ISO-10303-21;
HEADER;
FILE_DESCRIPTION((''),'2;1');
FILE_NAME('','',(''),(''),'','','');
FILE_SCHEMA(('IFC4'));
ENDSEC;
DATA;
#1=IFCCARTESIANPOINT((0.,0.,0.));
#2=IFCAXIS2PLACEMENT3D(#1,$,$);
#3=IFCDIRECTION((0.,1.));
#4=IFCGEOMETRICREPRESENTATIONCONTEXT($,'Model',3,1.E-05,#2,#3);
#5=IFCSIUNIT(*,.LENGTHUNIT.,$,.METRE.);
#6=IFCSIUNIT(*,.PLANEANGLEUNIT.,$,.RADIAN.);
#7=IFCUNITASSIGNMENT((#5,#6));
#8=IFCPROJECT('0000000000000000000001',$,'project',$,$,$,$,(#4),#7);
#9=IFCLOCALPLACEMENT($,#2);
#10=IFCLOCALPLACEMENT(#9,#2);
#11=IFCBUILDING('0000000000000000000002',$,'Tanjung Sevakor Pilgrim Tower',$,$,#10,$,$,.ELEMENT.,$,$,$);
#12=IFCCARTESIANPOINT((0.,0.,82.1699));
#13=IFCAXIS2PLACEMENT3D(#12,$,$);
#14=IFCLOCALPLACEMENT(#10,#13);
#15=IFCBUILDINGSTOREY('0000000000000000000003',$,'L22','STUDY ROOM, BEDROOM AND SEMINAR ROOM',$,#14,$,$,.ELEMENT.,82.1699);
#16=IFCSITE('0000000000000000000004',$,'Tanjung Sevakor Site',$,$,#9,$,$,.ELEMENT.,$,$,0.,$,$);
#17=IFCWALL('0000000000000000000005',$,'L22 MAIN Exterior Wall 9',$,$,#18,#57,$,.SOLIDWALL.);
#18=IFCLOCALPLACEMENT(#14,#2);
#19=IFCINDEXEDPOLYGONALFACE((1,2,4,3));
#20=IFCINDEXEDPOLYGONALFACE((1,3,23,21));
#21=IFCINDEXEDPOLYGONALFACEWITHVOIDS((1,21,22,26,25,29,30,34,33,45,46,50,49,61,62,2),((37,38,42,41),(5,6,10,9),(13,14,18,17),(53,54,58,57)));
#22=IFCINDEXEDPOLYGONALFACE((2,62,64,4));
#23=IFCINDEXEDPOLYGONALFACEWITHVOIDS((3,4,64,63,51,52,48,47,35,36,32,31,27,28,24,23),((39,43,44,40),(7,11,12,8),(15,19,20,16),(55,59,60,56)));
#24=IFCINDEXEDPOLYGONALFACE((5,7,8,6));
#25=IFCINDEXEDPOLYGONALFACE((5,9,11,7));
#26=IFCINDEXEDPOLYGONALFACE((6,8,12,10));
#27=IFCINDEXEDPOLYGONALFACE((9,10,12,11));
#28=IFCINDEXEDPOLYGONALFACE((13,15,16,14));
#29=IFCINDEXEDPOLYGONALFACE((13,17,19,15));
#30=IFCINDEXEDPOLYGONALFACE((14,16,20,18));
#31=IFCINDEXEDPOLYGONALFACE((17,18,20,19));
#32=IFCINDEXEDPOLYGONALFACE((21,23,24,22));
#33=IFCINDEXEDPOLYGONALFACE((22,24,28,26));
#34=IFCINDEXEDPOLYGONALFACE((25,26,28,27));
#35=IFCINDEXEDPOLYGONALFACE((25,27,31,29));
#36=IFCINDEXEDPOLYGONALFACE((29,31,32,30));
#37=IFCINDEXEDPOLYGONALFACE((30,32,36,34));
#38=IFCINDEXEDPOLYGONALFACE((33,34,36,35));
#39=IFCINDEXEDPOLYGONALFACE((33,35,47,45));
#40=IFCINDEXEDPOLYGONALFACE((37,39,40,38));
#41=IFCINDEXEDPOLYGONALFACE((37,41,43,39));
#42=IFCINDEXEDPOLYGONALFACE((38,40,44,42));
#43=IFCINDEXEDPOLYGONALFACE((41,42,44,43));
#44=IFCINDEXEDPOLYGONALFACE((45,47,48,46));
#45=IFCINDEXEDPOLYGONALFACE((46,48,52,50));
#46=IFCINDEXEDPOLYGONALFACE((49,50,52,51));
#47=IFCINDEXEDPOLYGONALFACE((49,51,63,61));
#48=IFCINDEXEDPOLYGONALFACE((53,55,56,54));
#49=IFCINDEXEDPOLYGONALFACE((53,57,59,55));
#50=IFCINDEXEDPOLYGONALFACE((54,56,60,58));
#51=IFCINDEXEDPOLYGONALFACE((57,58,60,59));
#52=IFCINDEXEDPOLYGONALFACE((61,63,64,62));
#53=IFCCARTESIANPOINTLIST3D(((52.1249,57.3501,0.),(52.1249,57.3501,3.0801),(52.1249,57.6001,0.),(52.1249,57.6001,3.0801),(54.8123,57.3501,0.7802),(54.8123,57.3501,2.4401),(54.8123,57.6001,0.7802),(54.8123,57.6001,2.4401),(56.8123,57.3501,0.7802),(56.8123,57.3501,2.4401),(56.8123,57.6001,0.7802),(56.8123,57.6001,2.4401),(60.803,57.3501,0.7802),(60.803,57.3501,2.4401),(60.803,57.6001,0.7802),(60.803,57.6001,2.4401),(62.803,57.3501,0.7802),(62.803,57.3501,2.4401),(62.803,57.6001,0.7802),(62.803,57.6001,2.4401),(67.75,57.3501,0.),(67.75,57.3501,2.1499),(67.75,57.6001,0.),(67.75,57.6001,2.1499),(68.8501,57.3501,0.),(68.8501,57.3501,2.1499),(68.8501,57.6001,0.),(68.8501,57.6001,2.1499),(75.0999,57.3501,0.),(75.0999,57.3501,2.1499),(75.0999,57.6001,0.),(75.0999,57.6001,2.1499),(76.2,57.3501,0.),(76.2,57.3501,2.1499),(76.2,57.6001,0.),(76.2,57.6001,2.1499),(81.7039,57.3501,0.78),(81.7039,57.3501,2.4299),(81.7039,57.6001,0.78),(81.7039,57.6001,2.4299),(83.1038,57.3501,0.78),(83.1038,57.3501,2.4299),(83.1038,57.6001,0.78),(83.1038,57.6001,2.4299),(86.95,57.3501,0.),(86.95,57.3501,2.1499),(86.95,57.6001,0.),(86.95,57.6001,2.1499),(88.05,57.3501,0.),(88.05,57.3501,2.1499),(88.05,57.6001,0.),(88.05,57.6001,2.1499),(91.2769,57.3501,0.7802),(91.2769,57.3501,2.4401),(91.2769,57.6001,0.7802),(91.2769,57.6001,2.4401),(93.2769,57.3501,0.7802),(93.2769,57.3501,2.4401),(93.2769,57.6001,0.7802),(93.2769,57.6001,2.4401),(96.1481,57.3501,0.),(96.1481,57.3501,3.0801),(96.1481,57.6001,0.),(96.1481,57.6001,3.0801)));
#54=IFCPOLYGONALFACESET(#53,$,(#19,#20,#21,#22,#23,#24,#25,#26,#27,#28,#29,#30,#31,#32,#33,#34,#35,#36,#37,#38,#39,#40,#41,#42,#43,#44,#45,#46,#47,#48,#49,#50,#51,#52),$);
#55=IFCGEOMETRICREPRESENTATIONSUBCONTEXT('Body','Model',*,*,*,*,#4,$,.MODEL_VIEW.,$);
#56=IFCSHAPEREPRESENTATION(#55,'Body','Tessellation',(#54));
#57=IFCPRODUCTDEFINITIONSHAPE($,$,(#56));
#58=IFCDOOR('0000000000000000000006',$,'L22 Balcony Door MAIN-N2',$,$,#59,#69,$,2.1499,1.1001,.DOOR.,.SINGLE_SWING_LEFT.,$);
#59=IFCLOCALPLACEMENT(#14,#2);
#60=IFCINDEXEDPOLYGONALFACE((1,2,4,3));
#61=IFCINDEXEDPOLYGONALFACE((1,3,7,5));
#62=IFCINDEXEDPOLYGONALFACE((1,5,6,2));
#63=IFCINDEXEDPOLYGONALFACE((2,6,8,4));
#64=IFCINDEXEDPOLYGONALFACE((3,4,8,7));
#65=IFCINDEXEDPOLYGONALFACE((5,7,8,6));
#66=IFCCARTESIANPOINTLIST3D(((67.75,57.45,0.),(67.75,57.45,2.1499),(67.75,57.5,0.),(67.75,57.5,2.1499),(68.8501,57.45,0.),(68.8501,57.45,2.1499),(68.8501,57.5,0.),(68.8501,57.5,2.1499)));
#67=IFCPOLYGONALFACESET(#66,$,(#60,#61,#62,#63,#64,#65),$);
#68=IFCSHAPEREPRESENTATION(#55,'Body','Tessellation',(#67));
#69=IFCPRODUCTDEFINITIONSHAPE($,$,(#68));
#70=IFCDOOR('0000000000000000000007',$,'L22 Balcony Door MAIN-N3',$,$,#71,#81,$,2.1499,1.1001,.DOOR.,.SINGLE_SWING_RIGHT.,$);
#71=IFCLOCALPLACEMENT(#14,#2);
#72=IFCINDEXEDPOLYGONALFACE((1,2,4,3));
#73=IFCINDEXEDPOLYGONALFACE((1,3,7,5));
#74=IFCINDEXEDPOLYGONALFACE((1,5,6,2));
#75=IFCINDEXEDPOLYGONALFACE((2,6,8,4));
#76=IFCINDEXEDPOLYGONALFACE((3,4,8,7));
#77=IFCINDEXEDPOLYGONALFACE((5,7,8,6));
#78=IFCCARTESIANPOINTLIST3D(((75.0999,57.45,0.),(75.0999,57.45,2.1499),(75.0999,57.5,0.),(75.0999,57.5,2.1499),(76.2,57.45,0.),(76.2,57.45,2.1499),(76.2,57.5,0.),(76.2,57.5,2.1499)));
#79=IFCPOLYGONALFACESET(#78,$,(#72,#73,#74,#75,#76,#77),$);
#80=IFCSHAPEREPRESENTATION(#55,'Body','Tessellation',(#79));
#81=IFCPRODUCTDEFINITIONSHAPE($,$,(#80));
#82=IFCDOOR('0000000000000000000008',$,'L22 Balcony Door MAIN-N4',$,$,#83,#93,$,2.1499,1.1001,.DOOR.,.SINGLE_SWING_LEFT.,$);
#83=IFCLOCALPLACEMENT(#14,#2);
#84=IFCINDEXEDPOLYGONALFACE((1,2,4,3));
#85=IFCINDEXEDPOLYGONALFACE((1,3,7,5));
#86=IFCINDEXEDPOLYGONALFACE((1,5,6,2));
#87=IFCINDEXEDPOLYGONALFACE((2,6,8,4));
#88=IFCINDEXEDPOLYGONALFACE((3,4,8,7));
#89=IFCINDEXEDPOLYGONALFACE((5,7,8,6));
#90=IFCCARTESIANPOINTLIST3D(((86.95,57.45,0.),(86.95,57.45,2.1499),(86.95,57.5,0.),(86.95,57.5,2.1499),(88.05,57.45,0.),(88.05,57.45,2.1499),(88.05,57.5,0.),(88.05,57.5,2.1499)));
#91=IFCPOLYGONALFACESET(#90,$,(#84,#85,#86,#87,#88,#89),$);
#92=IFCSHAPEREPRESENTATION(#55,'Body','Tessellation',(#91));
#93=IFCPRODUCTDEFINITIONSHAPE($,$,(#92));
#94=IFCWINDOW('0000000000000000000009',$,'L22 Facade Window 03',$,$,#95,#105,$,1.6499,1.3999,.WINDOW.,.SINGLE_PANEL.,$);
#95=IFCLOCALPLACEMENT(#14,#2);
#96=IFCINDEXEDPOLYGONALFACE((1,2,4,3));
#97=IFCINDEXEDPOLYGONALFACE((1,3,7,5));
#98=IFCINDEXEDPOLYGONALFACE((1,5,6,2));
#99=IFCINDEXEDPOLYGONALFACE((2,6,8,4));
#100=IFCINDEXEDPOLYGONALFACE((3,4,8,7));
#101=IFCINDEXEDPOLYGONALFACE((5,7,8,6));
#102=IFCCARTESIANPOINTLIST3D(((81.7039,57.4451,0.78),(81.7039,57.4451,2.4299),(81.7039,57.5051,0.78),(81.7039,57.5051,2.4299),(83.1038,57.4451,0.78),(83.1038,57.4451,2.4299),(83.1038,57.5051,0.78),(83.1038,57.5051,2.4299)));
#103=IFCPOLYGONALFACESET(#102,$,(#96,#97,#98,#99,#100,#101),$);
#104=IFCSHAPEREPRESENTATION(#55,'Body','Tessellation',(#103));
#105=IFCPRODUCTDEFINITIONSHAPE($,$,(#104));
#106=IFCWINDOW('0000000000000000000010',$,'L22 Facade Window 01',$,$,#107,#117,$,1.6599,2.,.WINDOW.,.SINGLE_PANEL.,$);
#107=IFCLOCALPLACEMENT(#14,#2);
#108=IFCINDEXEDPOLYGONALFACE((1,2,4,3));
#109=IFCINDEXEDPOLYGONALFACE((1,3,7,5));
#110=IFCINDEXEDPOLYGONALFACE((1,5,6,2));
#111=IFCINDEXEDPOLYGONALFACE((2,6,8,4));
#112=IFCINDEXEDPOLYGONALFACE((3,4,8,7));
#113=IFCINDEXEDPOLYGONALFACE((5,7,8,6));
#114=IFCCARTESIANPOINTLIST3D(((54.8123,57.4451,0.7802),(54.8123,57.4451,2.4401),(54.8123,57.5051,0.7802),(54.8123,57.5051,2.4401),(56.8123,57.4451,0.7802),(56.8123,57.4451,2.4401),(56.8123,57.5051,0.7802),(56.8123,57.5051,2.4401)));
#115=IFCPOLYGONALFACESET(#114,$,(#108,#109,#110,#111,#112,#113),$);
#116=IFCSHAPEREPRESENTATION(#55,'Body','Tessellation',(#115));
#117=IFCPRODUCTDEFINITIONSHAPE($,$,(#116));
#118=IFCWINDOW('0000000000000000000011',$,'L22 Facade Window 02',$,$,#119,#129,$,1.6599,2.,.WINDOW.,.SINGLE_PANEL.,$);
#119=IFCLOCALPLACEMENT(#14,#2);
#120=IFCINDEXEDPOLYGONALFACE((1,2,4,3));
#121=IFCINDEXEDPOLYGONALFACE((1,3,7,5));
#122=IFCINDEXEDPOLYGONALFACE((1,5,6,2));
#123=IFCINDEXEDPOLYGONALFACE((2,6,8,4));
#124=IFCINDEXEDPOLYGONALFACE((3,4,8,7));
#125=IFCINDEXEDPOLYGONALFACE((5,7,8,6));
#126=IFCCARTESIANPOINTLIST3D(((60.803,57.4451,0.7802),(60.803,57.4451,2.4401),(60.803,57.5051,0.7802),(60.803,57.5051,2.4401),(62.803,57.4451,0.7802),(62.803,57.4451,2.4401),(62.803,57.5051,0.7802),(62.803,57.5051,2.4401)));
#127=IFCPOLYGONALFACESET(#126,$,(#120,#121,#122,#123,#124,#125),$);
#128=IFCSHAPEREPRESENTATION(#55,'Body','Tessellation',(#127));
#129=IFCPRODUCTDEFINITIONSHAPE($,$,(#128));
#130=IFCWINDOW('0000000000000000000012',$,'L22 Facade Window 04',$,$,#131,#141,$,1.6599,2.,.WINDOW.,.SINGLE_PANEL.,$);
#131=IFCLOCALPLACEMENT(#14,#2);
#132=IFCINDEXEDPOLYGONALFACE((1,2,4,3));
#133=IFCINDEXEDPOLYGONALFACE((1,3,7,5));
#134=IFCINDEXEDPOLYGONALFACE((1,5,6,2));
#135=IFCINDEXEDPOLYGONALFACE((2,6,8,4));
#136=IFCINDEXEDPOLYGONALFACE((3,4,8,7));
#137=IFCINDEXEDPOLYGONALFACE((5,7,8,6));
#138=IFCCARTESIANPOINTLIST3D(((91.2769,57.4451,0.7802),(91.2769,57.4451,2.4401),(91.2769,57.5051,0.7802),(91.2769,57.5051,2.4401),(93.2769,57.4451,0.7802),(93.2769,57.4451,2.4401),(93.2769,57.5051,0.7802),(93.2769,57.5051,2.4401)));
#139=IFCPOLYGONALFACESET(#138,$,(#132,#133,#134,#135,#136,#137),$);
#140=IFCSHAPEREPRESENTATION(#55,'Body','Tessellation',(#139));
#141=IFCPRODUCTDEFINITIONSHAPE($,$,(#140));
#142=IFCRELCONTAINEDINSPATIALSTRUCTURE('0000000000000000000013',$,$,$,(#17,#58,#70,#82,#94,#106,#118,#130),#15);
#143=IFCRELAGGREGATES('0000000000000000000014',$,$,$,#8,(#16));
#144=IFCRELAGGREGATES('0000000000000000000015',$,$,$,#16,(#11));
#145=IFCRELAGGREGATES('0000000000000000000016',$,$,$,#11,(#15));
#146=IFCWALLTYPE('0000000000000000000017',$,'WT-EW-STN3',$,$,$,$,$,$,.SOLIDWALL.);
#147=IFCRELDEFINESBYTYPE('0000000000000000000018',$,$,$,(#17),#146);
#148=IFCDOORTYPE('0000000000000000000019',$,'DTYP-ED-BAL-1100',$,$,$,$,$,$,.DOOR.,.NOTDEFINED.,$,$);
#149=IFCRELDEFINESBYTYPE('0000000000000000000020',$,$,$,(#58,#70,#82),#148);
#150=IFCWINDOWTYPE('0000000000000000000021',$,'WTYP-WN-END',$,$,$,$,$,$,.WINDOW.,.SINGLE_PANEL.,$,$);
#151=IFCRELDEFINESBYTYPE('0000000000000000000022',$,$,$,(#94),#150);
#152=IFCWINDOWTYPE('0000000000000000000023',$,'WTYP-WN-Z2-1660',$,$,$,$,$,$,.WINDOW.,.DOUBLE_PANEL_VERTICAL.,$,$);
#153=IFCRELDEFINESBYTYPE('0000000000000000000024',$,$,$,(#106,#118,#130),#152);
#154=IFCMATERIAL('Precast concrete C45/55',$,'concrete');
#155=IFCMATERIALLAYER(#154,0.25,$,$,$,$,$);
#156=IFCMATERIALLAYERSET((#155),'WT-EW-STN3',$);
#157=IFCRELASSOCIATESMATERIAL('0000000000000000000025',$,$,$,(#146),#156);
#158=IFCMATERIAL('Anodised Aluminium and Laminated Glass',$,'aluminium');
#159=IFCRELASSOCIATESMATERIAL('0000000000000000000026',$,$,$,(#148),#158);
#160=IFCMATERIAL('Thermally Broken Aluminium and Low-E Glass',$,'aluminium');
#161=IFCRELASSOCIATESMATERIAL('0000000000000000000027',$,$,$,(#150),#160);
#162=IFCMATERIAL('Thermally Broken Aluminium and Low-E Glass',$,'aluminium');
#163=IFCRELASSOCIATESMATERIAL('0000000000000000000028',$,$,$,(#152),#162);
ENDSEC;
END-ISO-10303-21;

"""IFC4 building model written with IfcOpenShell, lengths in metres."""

from ifc_helpers import new_model, si_unit, direction, frame, frame_2d, origin, place, context, subcontext, project, spatial, rectangle, extrude, material, layer, layer_set, type_object, element, fill, save


model = new_model("IFC4")

# Units and contexts
model_context = context("Model", 3, precision=1e-05, world=origin(), true_north=direction((0.0, 1.0)))
body_context = subcontext(model_context, "Body", "Model", "MODEL_VIEW")
ifc_project = project(units=[si_unit("LENGTHUNIT", "METRE"), si_unit("PLANEANGLEUNIT", "RADIAN")], contexts=[model_context])

# Site, building, storey
site_placement = place(None, origin())
site = spatial("IfcSite", under=ifc_project, at=site_placement, Name="Tanjung Sevakor Site", CompositionType="ELEMENT", RefElevation=0.0)
building_placement = place(site_placement, origin())
building = spatial("IfcBuilding", under=site, at=building_placement, Name="Tanjung Sevakor Pilgrim Tower", CompositionType="ELEMENT")
storey_placement = place(building_placement, frame((0.0, 0.0, 82.1699)))
storey = spatial("IfcBuildingStorey", under=building, at=storey_placement, Name="L22", Description="STUDY ROOM, BEDROOM AND SEMINAR ROOM", CompositionType="ELEMENT", Elevation=82.1699)

# Shared definitions
ifc_material_1 = material(Name="Precast concrete C45/55", Category="concrete")
ifc_layer_1 = layer(ifc_material_1, 0.25)
ifc_layer_set_1 = layer_set([ifc_layer_1], Name="WT-EW-STN3")
wall_type_1 = type_object("IfcWallType", Name="WT-EW-STN3", PredefinedType="SOLIDWALL", material=ifc_layer_set_1)

# Wall, openings, doors, windows
wall_1_placement = place(storey_placement, frame((96.1482, 57.4751, 0.0), z_axis=(0.0, 0.0, 1.0), x_axis=(-1.0, 0.0, 0.0)))
wall_1 = element("IfcWall", 1, at=wall_1_placement, inside=storey, type_object=wall_type_1, Name="L22 MAIN Exterior Wall 9", PredefinedType="SOLIDWALL", context=body_context, shape_type="SweptSolid", body=[
    extrude(rectangle(XDim=44.0232, YDim=0.25, at=frame_2d((22.0117, 0.0))), origin(), (0.0, 0.0, 1.0), 3.0801),
])
opening_1_placement = place(wall_1_placement, frame((27.2981, 0.0, 0.0)))
opening_1 = element("IfcOpeningElement", 2, at=opening_1_placement, cuts=wall_1, PredefinedType="OPENING", context=body_context, shape_type="SweptSolid", body=[
    extrude(rectangle(XDim=1.1001, YDim=2.1499, at=frame_2d((0.55, 1.075))), frame((0.0, 0.135, 0.0), z_axis=(0.0, -1.0, 0.0), x_axis=(1.0, 0.0, 0.0)), (0.0, 0.0, 1.0), 0.27),
])
opening_2_placement = place(wall_1_placement, frame((19.9482, 0.0, 0.0)))
opening_2 = element("IfcOpeningElement", 3, at=opening_2_placement, cuts=wall_1, PredefinedType="OPENING", context=body_context, shape_type="SweptSolid", body=[
    extrude(rectangle(XDim=1.1001, YDim=2.1499, at=frame_2d((0.55, 1.075))), frame((0.0, 0.135, 0.0), z_axis=(0.0, -1.0, 0.0), x_axis=(1.0, 0.0, 0.0)), (0.0, 0.0, 1.0), 0.27),
])
opening_3_placement = place(wall_1_placement, frame((8.0981, 0.0, 0.0)))
opening_3 = element("IfcOpeningElement", 4, at=opening_3_placement, cuts=wall_1, PredefinedType="OPENING", context=body_context, shape_type="SweptSolid", body=[
    extrude(rectangle(XDim=1.1001, YDim=2.1499, at=frame_2d((0.55, 1.075))), frame((0.0, 0.135, 0.0), z_axis=(0.0, -1.0, 0.0), x_axis=(1.0, 0.0, 0.0)), (0.0, 0.0, 1.0), 0.27),
])
opening_4_placement = place(wall_1_placement, frame((39.3359, 0.0, 0.78)))
opening_4 = element("IfcOpeningElement", 5, at=opening_4_placement, cuts=wall_1, PredefinedType="OPENING", context=body_context, shape_type="SweptSolid", body=[
    extrude(rectangle(XDim=2.0, YDim=1.6599, at=frame_2d((1.0, 0.8301))), frame((0.0, 0.135, 0.0), z_axis=(0.0, -1.0, 0.0), x_axis=(1.0, 0.0, 0.0)), (0.0, 0.0, 1.0), 0.27),
])
opening_5_placement = place(wall_1_placement, frame((33.3452, 0.0, 0.78)))
opening_5 = element("IfcOpeningElement", 6, at=opening_5_placement, cuts=wall_1, PredefinedType="OPENING", context=body_context, shape_type="SweptSolid", body=[
    extrude(rectangle(XDim=2.0, YDim=1.6599, at=frame_2d((1.0, 0.8301))), frame((0.0, 0.135, 0.0), z_axis=(0.0, -1.0, 0.0), x_axis=(1.0, 0.0, 0.0)), (0.0, 0.0, 1.0), 0.27),
])
opening_6_placement = place(wall_1_placement, frame((13.0444, 0.0, 0.78)))
opening_6 = element("IfcOpeningElement", 7, at=opening_6_placement, cuts=wall_1, PredefinedType="OPENING", context=body_context, shape_type="SweptSolid", body=[
    extrude(rectangle(XDim=1.3999, YDim=1.6499, at=frame_2d((0.7, 0.825))), frame((0.0, 0.135, 0.0), z_axis=(0.0, -1.0, 0.0), x_axis=(1.0, 0.0, 0.0)), (0.0, 0.0, 1.0), 0.27),
])
opening_7_placement = place(wall_1_placement, frame((2.8713, 0.0, 0.78)))
opening_7 = element("IfcOpeningElement", 8, at=opening_7_placement, cuts=wall_1, PredefinedType="OPENING", context=body_context, shape_type="SweptSolid", body=[
    extrude(rectangle(XDim=2.0, YDim=1.6599, at=frame_2d((1.0, 0.8301))), frame((0.0, 0.135, 0.0), z_axis=(0.0, -1.0, 0.0), x_axis=(1.0, 0.0, 0.0)), (0.0, 0.0, 1.0), 0.27),
])
ifc_material_2 = material(Name="Anodised Aluminium and Laminated Glass", Category="aluminium")
door_type_1 = type_object("IfcDoorType", Name="DTYP-ED-BAL-1100", OperationType="NOTDEFINED", PredefinedType="DOOR", material=ifc_material_2)
door_1_placement = place(opening_1_placement, frame((1.1001, 0.0, 0.0), z_axis=(0.0, 0.0, 1.0), x_axis=(-1.0, 0.0, 0.0)))
door_1 = element("IfcDoor", 9, at=door_1_placement, inside=storey, type_object=door_type_1, Name="L22 Balcony Door MAIN-N2", OperationType="SINGLE_SWING_LEFT", OverallHeight=2.1499, OverallWidth=1.1001, PredefinedType="DOOR", context=body_context, shape_type="SweptSolid", body=[
    extrude(rectangle(XDim=1.1001, YDim=2.1499, at=frame_2d((0.55, 1.075))), frame((0.0, 0.0249, 0.0), z_axis=(0.0, -1.0, 0.0), x_axis=(1.0, 0.0, 0.0)), (0.0, 0.0, 1.0), 0.05),
])
fill(opening_1, door_1)
door_2_placement = place(opening_2_placement, frame((1.1001, 0.0, 0.0), z_axis=(0.0, 0.0, 1.0), x_axis=(-1.0, 0.0, 0.0)))
door_2 = element("IfcDoor", 10, at=door_2_placement, inside=storey, type_object=door_type_1, Name="L22 Balcony Door MAIN-N3", OperationType="SINGLE_SWING_RIGHT", OverallHeight=2.1499, OverallWidth=1.1001, PredefinedType="DOOR", context=body_context, shape_type="SweptSolid", body=[
    extrude(rectangle(XDim=1.1001, YDim=2.1499, at=frame_2d((0.55, 1.075))), frame((0.0, 0.0249, 0.0), z_axis=(0.0, -1.0, 0.0), x_axis=(1.0, 0.0, 0.0)), (0.0, 0.0, 1.0), 0.05),
])
fill(opening_2, door_2)
door_3_placement = place(opening_3_placement, frame((1.1001, 0.0, 0.0), z_axis=(0.0, 0.0, 1.0), x_axis=(-1.0, 0.0, 0.0)))
door_3 = element("IfcDoor", 11, at=door_3_placement, inside=storey, type_object=door_type_1, Name="L22 Balcony Door MAIN-N4", OperationType="SINGLE_SWING_LEFT", OverallHeight=2.1499, OverallWidth=1.1001, PredefinedType="DOOR", context=body_context, shape_type="SweptSolid", body=[
    extrude(rectangle(XDim=1.1001, YDim=2.1499, at=frame_2d((0.55, 1.075))), frame((0.0, 0.0249, 0.0), z_axis=(0.0, -1.0, 0.0), x_axis=(1.0, 0.0, 0.0)), (0.0, 0.0, 1.0), 0.05),
])
fill(opening_3, door_3)
ifc_material_3 = material(Name="Thermally Broken Aluminium and Low-E Glass", Category="aluminium")
window_type_1 = type_object("IfcWindowType", Name="WTYP-WN-END", PartitioningType="SINGLE_PANEL", PredefinedType="WINDOW", material=ifc_material_3)
window_1_placement = place(opening_6_placement, origin())
window_1 = element("IfcWindow", 12, at=window_1_placement, inside=storey, type_object=window_type_1, Name="L22 Facade Window 03", OverallHeight=1.6499, OverallWidth=1.3999, PartitioningType="SINGLE_PANEL", PredefinedType="WINDOW", context=body_context, shape_type="SweptSolid", body=[
    extrude(rectangle(XDim=1.3999, YDim=1.6499, at=frame_2d((0.7, 0.825))), frame((0.0, 0.03, 0.0), z_axis=(0.0, -1.0, 0.0), x_axis=(1.0, 0.0, 0.0)), (0.0, 0.0, 1.0), 0.0601),
])
fill(opening_6, window_1)
ifc_material_4 = material(Name="Thermally Broken Aluminium and Low-E Glass", Category="aluminium")
window_type_2 = type_object("IfcWindowType", Name="WTYP-WN-Z2-1660", PartitioningType="DOUBLE_PANEL_VERTICAL", PredefinedType="WINDOW", material=ifc_material_4)
window_2_placement = place(opening_4_placement, origin())
window_2 = element("IfcWindow", 13, at=window_2_placement, inside=storey, type_object=window_type_2, Name="L22 Facade Window 01", OverallHeight=1.6599, OverallWidth=2.0, PartitioningType="SINGLE_PANEL", PredefinedType="WINDOW", context=body_context, shape_type="SweptSolid", body=[
    extrude(rectangle(XDim=2.0, YDim=1.6599, at=frame_2d((1.0, 0.8301))), frame((0.0, 0.03, 0.0), z_axis=(0.0, -1.0, 0.0), x_axis=(1.0, 0.0, 0.0)), (0.0, 0.0, 1.0), 0.0601),
])
fill(opening_4, window_2)
window_3_placement = place(opening_5_placement, origin())
window_3 = element("IfcWindow", 14, at=window_3_placement, inside=storey, type_object=window_type_2, Name="L22 Facade Window 02", OverallHeight=1.6599, OverallWidth=2.0, PartitioningType="SINGLE_PANEL", PredefinedType="WINDOW", context=body_context, shape_type="SweptSolid", body=[
    extrude(rectangle(XDim=2.0, YDim=1.6599, at=frame_2d((1.0, 0.8301))), frame((0.0, 0.03, 0.0), z_axis=(0.0, -1.0, 0.0), x_axis=(1.0, 0.0, 0.0)), (0.0, 0.0, 1.0), 0.0601),
])
fill(opening_5, window_3)
window_4_placement = place(opening_7_placement, origin())
window_4 = element("IfcWindow", 15, at=window_4_placement, inside=storey, type_object=window_type_2, Name="L22 Facade Window 04", OverallHeight=1.6599, OverallWidth=2.0, PartitioningType="SINGLE_PANEL", PredefinedType="WINDOW", context=body_context, shape_type="SweptSolid", body=[
    extrude(rectangle(XDim=2.0, YDim=1.6599, at=frame_2d((1.0, 0.8301))), frame((0.0, 0.03, 0.0), z_axis=(0.0, -1.0, 0.0), x_axis=(1.0, 0.0, 0.0)), (0.0, 0.0, 1.0), 0.0601),
])
fill(opening_7, window_4)

save(model, "model.ifc")
